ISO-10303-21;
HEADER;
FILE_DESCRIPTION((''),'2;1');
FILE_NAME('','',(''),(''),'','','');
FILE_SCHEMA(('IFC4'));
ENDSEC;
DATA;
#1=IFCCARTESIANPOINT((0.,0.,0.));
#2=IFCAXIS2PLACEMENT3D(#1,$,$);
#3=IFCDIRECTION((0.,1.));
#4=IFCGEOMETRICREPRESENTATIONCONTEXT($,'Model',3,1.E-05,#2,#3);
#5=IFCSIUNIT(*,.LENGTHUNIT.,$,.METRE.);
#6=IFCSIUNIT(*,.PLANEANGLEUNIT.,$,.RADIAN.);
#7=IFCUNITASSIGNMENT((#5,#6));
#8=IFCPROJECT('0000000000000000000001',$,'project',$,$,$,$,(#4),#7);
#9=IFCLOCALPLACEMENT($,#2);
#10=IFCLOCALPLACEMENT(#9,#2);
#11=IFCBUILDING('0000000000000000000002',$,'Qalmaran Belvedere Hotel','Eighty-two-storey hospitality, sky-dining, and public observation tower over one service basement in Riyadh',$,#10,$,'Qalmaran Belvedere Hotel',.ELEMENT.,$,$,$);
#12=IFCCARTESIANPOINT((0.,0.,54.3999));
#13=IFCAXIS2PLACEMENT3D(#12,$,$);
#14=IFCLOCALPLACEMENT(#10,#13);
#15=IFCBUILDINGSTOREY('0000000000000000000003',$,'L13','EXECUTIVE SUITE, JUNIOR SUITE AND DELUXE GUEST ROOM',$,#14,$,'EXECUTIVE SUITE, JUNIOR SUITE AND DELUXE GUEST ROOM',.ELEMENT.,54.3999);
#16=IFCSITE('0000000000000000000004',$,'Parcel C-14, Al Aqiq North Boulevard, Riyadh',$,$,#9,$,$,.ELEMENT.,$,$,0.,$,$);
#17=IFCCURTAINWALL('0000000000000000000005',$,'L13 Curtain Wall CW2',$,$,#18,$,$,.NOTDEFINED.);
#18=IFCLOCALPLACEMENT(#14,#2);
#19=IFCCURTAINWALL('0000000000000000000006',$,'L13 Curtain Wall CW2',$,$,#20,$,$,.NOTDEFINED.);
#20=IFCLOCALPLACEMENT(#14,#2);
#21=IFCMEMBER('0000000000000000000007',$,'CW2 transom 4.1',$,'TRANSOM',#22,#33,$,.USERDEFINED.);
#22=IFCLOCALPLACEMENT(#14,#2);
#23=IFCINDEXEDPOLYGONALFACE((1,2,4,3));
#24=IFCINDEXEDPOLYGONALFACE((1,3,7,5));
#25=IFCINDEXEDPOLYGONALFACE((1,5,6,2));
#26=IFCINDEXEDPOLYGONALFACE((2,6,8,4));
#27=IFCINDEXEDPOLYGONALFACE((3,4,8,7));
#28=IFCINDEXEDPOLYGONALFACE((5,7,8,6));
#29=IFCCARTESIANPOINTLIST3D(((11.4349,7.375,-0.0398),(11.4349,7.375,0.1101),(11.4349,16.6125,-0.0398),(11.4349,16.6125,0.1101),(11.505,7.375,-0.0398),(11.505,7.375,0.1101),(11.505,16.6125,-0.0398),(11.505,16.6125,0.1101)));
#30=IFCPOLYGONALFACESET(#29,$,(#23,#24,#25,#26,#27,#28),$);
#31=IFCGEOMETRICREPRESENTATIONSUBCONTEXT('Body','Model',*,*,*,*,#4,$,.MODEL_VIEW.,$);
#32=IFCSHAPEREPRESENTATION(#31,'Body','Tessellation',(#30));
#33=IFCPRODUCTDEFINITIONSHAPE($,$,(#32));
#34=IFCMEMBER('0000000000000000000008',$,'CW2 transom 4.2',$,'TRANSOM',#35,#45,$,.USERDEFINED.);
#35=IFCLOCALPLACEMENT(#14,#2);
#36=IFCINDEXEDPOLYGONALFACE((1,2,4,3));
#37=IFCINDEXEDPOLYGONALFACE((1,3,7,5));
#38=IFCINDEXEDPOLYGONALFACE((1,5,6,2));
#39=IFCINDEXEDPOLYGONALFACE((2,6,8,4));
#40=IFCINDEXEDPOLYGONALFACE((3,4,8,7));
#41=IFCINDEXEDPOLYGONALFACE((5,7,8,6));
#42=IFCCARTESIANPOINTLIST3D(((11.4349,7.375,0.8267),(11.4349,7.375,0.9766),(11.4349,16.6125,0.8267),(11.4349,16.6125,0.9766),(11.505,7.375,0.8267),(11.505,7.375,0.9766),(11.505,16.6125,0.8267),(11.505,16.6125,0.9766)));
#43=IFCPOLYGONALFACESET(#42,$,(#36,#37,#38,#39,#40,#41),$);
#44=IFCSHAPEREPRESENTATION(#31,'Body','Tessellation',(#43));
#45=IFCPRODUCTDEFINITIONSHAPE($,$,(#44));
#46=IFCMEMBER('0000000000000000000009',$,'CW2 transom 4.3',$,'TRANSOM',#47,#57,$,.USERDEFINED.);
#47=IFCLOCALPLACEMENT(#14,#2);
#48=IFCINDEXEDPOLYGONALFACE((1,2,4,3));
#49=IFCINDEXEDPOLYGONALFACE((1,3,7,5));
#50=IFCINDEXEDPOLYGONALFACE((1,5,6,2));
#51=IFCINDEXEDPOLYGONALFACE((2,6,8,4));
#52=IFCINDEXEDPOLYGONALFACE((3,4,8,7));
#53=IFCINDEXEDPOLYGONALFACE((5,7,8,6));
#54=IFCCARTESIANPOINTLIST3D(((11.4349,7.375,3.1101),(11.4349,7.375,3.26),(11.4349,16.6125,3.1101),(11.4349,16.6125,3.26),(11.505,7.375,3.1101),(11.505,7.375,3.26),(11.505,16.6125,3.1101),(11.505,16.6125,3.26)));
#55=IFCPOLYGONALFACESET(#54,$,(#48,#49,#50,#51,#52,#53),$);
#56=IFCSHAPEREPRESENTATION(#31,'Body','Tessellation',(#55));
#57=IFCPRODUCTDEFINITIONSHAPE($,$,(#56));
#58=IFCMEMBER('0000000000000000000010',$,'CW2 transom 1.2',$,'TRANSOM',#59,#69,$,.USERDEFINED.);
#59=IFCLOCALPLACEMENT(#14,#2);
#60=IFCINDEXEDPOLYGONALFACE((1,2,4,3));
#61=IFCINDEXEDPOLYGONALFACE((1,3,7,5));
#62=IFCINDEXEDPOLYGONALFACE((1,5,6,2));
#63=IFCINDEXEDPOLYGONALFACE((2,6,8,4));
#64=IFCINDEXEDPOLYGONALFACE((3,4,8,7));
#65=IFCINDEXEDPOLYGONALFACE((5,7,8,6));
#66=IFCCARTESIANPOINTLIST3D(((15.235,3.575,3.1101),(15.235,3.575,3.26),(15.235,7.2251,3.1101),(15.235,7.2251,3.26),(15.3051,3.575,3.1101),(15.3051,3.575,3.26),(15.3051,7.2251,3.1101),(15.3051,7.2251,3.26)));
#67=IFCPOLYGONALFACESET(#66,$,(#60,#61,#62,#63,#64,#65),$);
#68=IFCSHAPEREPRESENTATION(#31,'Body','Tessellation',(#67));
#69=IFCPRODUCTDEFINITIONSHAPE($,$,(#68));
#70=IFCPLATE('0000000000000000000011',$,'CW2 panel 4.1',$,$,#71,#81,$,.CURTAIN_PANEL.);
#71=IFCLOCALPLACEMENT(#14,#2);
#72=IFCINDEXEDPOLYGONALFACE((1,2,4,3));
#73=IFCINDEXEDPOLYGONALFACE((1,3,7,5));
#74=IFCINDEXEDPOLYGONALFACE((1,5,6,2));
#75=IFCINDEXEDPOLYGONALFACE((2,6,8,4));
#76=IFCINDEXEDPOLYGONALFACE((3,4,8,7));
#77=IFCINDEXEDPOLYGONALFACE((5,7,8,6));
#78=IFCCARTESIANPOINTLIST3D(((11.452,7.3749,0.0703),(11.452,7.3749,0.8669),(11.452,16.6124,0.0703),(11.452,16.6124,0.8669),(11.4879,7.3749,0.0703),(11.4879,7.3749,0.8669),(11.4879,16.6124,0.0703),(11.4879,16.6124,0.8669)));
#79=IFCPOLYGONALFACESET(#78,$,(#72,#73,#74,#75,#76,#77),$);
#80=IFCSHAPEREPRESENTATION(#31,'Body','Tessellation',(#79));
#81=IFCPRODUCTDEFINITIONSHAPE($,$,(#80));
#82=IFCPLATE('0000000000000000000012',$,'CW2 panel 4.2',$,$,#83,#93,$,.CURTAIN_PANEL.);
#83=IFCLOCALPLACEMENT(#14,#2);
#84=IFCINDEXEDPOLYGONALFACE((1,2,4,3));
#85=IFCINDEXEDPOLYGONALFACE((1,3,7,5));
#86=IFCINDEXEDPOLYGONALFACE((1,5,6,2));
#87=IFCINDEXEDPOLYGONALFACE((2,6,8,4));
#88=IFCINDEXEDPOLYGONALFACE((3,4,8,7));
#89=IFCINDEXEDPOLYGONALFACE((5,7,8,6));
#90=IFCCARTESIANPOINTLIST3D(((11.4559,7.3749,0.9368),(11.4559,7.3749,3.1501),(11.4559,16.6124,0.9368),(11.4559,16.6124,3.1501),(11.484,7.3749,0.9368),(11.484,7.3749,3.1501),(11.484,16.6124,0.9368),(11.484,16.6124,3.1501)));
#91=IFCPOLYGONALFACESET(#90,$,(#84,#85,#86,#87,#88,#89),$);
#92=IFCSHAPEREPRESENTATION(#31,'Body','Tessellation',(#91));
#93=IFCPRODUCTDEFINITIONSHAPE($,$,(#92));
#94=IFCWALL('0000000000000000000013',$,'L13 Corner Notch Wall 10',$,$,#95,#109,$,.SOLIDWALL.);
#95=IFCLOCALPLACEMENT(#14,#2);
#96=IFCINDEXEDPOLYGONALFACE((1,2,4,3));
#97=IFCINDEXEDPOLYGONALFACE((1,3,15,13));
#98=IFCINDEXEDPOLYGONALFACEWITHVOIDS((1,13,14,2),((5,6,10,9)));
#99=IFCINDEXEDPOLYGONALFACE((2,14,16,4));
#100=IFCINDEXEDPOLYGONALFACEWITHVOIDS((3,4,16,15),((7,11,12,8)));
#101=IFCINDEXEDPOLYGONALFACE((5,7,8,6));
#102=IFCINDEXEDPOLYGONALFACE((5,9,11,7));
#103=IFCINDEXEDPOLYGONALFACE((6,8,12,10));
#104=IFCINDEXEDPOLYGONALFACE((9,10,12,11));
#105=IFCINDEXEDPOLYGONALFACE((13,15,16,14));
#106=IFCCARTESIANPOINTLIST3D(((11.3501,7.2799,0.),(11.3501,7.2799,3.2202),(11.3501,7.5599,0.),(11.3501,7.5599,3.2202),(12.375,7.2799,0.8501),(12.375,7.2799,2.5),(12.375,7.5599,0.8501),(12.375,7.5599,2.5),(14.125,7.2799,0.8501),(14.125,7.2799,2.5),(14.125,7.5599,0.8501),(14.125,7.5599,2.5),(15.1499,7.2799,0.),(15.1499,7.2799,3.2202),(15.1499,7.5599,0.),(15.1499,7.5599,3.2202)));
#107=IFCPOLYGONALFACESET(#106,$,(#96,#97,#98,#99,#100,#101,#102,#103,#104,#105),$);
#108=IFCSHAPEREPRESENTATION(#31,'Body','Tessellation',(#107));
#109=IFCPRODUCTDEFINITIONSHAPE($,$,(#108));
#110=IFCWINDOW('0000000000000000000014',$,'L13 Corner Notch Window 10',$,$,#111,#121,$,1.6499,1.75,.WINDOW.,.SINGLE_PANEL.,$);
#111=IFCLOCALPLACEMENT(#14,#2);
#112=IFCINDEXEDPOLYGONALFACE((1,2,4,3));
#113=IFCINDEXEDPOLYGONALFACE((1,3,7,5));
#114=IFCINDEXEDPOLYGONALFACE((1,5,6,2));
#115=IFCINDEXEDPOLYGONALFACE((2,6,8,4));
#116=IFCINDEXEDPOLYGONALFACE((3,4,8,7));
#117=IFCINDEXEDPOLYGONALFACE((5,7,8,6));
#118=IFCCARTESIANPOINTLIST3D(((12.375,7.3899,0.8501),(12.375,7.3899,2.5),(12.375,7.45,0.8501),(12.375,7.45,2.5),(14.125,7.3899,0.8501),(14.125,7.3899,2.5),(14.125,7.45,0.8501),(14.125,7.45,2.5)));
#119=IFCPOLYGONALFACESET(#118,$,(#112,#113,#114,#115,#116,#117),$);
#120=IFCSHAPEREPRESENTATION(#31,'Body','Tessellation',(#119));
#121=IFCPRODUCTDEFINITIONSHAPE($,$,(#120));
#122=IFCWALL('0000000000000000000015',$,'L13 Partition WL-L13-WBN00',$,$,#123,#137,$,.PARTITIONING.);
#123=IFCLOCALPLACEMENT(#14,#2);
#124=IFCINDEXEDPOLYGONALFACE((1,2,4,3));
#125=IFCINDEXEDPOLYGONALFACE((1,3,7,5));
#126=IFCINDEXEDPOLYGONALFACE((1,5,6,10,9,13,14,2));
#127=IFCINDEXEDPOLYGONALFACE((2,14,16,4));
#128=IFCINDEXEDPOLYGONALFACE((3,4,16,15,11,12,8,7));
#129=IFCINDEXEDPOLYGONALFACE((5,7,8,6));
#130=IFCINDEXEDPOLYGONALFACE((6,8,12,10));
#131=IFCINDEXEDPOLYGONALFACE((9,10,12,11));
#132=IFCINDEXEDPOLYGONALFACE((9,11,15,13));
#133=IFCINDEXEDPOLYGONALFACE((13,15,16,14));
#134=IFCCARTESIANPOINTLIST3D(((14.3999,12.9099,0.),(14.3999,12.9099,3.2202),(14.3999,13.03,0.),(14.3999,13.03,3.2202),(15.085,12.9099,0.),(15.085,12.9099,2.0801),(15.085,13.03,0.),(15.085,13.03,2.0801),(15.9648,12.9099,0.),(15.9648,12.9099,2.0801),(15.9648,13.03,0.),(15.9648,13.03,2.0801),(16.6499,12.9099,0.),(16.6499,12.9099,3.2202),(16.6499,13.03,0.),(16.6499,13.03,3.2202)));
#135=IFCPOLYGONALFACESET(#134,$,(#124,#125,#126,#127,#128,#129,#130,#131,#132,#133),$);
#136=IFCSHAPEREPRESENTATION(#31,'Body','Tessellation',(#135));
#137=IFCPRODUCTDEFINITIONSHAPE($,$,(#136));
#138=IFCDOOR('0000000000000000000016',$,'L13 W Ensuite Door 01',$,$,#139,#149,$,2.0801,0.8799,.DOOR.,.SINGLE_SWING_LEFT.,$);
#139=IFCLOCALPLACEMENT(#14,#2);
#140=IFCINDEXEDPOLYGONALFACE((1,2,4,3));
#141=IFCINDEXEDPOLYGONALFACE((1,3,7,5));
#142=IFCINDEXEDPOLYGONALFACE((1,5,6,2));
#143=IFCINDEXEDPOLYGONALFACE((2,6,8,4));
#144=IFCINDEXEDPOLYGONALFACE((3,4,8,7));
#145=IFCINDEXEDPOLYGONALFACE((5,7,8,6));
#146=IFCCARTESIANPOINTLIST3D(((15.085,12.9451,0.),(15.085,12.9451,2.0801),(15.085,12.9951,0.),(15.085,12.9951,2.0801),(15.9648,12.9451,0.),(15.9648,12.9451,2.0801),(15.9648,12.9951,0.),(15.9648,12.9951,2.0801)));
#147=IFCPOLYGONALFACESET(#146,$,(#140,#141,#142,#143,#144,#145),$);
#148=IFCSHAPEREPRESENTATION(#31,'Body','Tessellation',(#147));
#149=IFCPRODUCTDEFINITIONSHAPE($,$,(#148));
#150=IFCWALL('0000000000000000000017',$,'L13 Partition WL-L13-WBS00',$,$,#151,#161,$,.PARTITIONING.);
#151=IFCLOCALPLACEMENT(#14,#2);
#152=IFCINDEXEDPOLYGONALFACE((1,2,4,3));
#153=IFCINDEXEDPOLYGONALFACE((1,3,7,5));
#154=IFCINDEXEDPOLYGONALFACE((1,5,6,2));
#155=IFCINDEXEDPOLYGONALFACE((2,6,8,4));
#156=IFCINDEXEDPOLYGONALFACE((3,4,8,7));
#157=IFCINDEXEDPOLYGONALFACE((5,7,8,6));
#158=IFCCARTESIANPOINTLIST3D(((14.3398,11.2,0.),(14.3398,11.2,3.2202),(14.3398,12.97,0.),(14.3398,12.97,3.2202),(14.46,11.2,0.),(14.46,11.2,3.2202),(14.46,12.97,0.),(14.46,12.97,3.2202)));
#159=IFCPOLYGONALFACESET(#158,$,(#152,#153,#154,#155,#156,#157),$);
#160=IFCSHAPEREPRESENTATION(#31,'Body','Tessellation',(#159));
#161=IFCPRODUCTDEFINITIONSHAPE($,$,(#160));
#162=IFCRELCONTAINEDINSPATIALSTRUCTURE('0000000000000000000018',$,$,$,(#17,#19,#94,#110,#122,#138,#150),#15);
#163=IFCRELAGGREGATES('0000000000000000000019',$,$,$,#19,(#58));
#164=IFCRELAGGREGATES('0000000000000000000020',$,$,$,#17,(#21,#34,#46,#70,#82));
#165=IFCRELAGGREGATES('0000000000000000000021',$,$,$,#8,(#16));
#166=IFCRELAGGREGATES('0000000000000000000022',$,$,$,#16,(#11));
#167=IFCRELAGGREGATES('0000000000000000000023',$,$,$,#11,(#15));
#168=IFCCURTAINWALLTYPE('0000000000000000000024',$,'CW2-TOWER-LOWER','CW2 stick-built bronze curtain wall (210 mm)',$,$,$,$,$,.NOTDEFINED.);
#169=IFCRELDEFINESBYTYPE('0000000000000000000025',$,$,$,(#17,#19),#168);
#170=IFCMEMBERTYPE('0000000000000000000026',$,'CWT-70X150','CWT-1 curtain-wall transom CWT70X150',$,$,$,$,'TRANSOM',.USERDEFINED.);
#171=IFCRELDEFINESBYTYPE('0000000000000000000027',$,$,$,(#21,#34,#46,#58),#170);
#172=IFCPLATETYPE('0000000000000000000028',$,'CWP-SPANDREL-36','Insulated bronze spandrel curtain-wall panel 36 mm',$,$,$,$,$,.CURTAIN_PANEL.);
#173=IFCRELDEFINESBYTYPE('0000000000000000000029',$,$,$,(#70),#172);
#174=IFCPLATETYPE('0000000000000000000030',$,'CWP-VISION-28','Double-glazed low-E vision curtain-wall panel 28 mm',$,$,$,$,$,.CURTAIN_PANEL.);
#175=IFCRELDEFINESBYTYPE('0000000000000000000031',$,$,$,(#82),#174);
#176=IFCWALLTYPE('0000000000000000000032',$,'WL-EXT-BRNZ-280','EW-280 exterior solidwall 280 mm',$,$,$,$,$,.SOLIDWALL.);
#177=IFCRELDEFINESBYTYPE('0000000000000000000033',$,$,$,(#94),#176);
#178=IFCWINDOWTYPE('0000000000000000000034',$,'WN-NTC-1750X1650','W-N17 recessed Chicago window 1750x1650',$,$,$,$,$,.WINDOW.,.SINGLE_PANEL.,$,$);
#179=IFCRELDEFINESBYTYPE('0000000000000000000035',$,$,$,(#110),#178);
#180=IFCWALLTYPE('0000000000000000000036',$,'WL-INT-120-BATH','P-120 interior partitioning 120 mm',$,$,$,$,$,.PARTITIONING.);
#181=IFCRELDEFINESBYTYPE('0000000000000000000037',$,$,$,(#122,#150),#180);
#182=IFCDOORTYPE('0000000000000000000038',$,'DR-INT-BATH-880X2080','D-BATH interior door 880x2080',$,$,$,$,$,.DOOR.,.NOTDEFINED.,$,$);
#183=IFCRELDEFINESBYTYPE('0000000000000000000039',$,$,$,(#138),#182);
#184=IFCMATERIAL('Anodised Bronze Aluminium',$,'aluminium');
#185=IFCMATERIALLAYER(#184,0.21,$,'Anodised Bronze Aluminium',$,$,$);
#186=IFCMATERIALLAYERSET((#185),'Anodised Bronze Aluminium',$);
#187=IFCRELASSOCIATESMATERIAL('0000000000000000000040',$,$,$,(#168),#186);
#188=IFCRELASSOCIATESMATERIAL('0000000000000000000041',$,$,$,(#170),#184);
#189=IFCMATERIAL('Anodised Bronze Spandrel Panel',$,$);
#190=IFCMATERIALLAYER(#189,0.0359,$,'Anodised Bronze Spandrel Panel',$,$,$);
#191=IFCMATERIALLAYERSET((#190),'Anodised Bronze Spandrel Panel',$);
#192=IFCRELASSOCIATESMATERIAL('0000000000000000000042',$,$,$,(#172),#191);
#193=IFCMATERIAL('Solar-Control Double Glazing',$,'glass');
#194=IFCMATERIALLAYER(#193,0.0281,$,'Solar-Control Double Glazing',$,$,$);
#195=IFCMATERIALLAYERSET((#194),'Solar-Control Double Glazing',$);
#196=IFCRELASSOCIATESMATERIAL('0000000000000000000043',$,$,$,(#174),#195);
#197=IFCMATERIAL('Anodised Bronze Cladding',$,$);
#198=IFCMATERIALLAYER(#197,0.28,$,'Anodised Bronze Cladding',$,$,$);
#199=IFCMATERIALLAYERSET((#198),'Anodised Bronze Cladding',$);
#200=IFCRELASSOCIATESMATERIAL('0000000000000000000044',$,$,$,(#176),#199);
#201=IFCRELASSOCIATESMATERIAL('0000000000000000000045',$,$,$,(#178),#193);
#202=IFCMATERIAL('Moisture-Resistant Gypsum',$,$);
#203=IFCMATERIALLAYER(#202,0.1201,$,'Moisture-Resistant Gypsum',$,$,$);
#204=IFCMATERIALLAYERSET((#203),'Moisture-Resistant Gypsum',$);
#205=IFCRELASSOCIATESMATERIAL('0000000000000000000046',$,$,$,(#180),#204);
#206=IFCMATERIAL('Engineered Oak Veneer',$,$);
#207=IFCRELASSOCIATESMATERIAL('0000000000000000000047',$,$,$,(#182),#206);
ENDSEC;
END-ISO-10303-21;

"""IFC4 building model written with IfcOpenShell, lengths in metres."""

from ifc_helpers import new_model, si_unit, direction, frame, frame_2d, origin, origin_2d, place, context, subcontext, project, spatial, rectangle, extrude, material, layer, layer_set, material_profile, profile_set, type_object, element, fill, aggregate, save


model = new_model("IFC4")

# Units and contexts
model_context = context("Model", 3, precision=1e-05, world=origin(), true_north=direction((0.0, 1.0)))
body_context = subcontext(model_context, "Body", "Model", "MODEL_VIEW")
ifc_project = project(units=[si_unit("LENGTHUNIT", "METRE"), si_unit("PLANEANGLEUNIT", "RADIAN")], contexts=[model_context])

# Site, building, storey
site_placement = place(None, origin())
site = spatial("IfcSite", under=ifc_project, at=site_placement, Name="Parcel C-14, Al Aqiq North Boulevard, Riyadh", CompositionType="ELEMENT", RefElevation=0.0)
building_placement = place(site_placement, origin())
building = spatial("IfcBuilding", under=site, at=building_placement, Name="Qalmaran Belvedere Hotel", Description="Eighty-two-storey hospitality, sky-dining, and public observation tower over one service basement in Riyadh", LongName="Qalmaran Belvedere Hotel", CompositionType="ELEMENT")
storey_placement = place(building_placement, frame((0.0, 0.0, 54.3999)))
storey = spatial("IfcBuildingStorey", under=building, at=storey_placement, Name="L13", Description="EXECUTIVE SUITE, JUNIOR SUITE AND DELUXE GUEST ROOM", LongName="EXECUTIVE SUITE, JUNIOR SUITE AND DELUXE GUEST ROOM", CompositionType="ELEMENT", Elevation=54.3999)

# Curtain wall
ifc_material_1 = material(Name="Anodised Bronze Aluminium", Category="aluminium")
ifc_layer_1 = layer(ifc_material_1, 0.21, Name="Anodised Bronze Aluminium")
ifc_layer_set_1 = layer_set([ifc_layer_1], Name="Anodised Bronze Aluminium")
curtain_wall_type = type_object("IfcCurtainWallType", Name="CW2-TOWER-LOWER", Description="CW2 stick-built bronze curtain wall (210 mm)", PredefinedType="NOTDEFINED", material=ifc_layer_set_1)
curtain_wall_1_placement = place(storey_placement, origin())
curtain_wall_1 = element("IfcCurtainWall", 1, at=curtain_wall_1_placement, inside=storey, type_object=curtain_wall_type, Name="L13 Curtain Wall CW2", PredefinedType="NOTDEFINED")

# Curtain wall
curtain_wall_2_placement = place(storey_placement, origin())
curtain_wall_2 = element("IfcCurtainWall", 2, at=curtain_wall_2_placement, inside=storey, type_object=curtain_wall_type, Name="L13 Curtain Wall CW2", PredefinedType="NOTDEFINED")

# Members
ifc_material_profile_1 = material_profile(ifc_material_1, rectangle(XDim=0.0701, YDim=0.1499, at=origin_2d()), Name="CWT70X150")
ifc_profile_set_1 = profile_set([ifc_material_profile_1], Name="Anodised Bronze Aluminium")
member_type_1 = type_object("IfcMemberType", Name="CWT-70X150", Description="CWT-1 curtain-wall transom CWT70X150", ElementType="TRANSOM", PredefinedType="USERDEFINED", material=ifc_profile_set_1)
member_1_placement = place(storey_placement, frame((11.47, 16.6125, 0.0352), z_axis=(0.0, -1.0, 0.0), x_axis=(1.0, 0.0, 0.0)))
member_1 = element("IfcMember", 3, at=member_1_placement, type_object=member_type_1, Name="CW2 transom 4.1", ObjectType="TRANSOM", PredefinedType="USERDEFINED", context=body_context, shape_type="SweptSolid", body=[
    extrude(rectangle(XDim=0.0701, YDim=0.1499, at=origin_2d()), origin(), (0.0, 0.0, 1.0), 9.2375),
])
member_2_placement = place(storey_placement, frame((11.47, 16.6125, 0.9016), z_axis=(0.0, -1.0, 0.0), x_axis=(1.0, 0.0, 0.0)))
member_2 = element("IfcMember", 4, at=member_2_placement, type_object=member_type_1, Name="CW2 transom 4.2", ObjectType="TRANSOM", PredefinedType="USERDEFINED", context=body_context, shape_type="SweptSolid", body=[
    extrude(rectangle(XDim=0.0701, YDim=0.1499, at=origin_2d()), origin(), (0.0, 0.0, 1.0), 9.2375),
])
member_3_placement = place(storey_placement, frame((11.47, 16.6125, 3.1851), z_axis=(0.0, -1.0, 0.0), x_axis=(1.0, 0.0, 0.0)))
member_3 = element("IfcMember", 5, at=member_3_placement, type_object=member_type_1, Name="CW2 transom 4.3", ObjectType="TRANSOM", PredefinedType="USERDEFINED", context=body_context, shape_type="SweptSolid", body=[
    extrude(rectangle(XDim=0.0701, YDim=0.1499, at=origin_2d()), origin(), (0.0, 0.0, 1.0), 9.2375),
])
member_4_placement = place(storey_placement, frame((15.27, 7.2251, 3.1851), z_axis=(0.0, -1.0, 0.0), x_axis=(1.0, 0.0, 0.0)))
member_4 = element("IfcMember", 6, at=member_4_placement, type_object=member_type_1, Name="CW2 transom 1.2", ObjectType="TRANSOM", PredefinedType="USERDEFINED", context=body_context, shape_type="SweptSolid", body=[
    extrude(rectangle(XDim=0.0701, YDim=0.1499, at=origin_2d()), origin(), (0.0, 0.0, 1.0), 3.6501),
])
aggregate(curtain_wall_2, [member_4])

# Plates
ifc_material_2 = material(Name="Anodised Bronze Spandrel Panel")
ifc_layer_2 = layer(ifc_material_2, 0.0359, Name="Anodised Bronze Spandrel Panel")
ifc_layer_set_2 = layer_set([ifc_layer_2], Name="Anodised Bronze Spandrel Panel")
plate_type_1 = type_object("IfcPlateType", Name="CWP-SPANDREL-36", Description="Insulated bronze spandrel curtain-wall panel 36 mm", PredefinedType="CURTAIN_PANEL", material=ifc_layer_set_2)
plate_1_placement = place(storey_placement, frame((11.47, 11.9937, 0.0703), z_axis=(0.0, 0.0, 1.0), x_axis=(0.0, -1.0, 0.0)))
plate_1 = element("IfcPlate", 7, at=plate_1_placement, type_object=plate_type_1, Name="CW2 panel 4.1", PredefinedType="CURTAIN_PANEL", context=body_context, shape_type="SweptSolid", body=[
    extrude(rectangle(XDim=9.2375, YDim=0.0359, at=origin_2d()), origin(), (0.0, 0.0, 1.0), 0.7966),
])
ifc_material_3 = material(Name="Solar-Control Double Glazing", Category="glass")
ifc_layer_3 = layer(ifc_material_3, 0.0281, Name="Solar-Control Double Glazing")
ifc_layer_set_3 = layer_set([ifc_layer_3], Name="Solar-Control Double Glazing")
plate_type_2 = type_object("IfcPlateType", Name="CWP-VISION-28", Description="Double-glazed low-E vision curtain-wall panel 28 mm", PredefinedType="CURTAIN_PANEL", material=ifc_layer_set_3)
plate_2_placement = place(storey_placement, frame((11.47, 11.9937, 0.9368), z_axis=(0.0, 0.0, 1.0), x_axis=(0.0, -1.0, 0.0)))
plate_2 = element("IfcPlate", 8, at=plate_2_placement, type_object=plate_type_2, Name="CW2 panel 4.2", PredefinedType="CURTAIN_PANEL", context=body_context, shape_type="SweptSolid", body=[
    extrude(rectangle(XDim=9.2375, YDim=0.0281, at=origin_2d()), origin(), (0.0, 0.0, 1.0), 2.2134),
])
aggregate(curtain_wall_1, [member_1, member_2, member_3, plate_1, plate_2])

# Wall, opening, window
ifc_material_4 = material(Name="Anodised Bronze Cladding")
ifc_layer_4 = layer(ifc_material_4, 0.28, Name="Anodised Bronze Cladding")
ifc_layer_set_4 = layer_set([ifc_layer_4], Name="Anodised Bronze Cladding")
wall_type_1 = type_object("IfcWallType", Name="WL-EXT-BRNZ-280", Description="EW-280 exterior solidwall 280 mm", PredefinedType="SOLIDWALL", material=ifc_layer_set_4)
wall_1_placement = place(storey_placement, frame((11.3501, 7.4199, 0.0), z_axis=(0.0, 0.0, 1.0), x_axis=(1.0, 0.0, 0.0)))
wall_1 = element("IfcWall", 9, at=wall_1_placement, inside=storey, type_object=wall_type_1, Name="L13 Corner Notch Wall 10", PredefinedType="SOLIDWALL", context=body_context, shape_type="SweptSolid", body=[
    extrude(rectangle(XDim=3.7998, YDim=0.28, at=frame_2d((1.8999, 0.0))), origin(), (0.0, 0.0, 1.0), 3.2202),
])
opening_1_placement = place(wall_1_placement, frame((1.0249, 0.0, 0.8501)))
opening_1 = element("IfcOpeningElement", 10, at=opening_1_placement, cuts=wall_1, PredefinedType="OPENING", context=body_context, shape_type="SweptSolid", body=[
    extrude(rectangle(XDim=1.75, YDim=1.6499, at=frame_2d((0.875, 0.825))), frame((0.0, 0.1499, 0.0), z_axis=(0.0, -1.0, 0.0), x_axis=(1.0, 0.0, 0.0)), (0.0, 0.0, 1.0), 0.3),
])
window_type = type_object("IfcWindowType", Name="WN-NTC-1750X1650", Description="W-N17 recessed Chicago window 1750x1650", PartitioningType="SINGLE_PANEL", PredefinedType="WINDOW", material=ifc_material_3)
window_placement = place(opening_1_placement, origin())
window = element("IfcWindow", 11, at=window_placement, inside=storey, type_object=window_type, Name="L13 Corner Notch Window 10", OverallHeight=1.6499, OverallWidth=1.75, PartitioningType="SINGLE_PANEL", PredefinedType="WINDOW", context=body_context, shape_type="SweptSolid", body=[
    extrude(rectangle(XDim=1.75, YDim=1.6499, at=frame_2d((0.875, 0.825))), frame((0.0, 0.03, 0.0), z_axis=(0.0, -1.0, 0.0), x_axis=(1.0, 0.0, 0.0)), (0.0, 0.0, 1.0), 0.0601),
])
fill(opening_1, window)

# Wall, opening, door
ifc_material_5 = material(Name="Moisture-Resistant Gypsum")
ifc_layer_5 = layer(ifc_material_5, 0.1201, Name="Moisture-Resistant Gypsum")
ifc_layer_set_5 = layer_set([ifc_layer_5], Name="Moisture-Resistant Gypsum")
wall_type_2 = type_object("IfcWallType", Name="WL-INT-120-BATH", Description="P-120 interior partitioning 120 mm", PredefinedType="PARTITIONING", material=ifc_layer_set_5)
wall_2_placement = place(storey_placement, frame((14.3999, 12.97, 0.0), z_axis=(0.0, 0.0, 1.0), x_axis=(1.0, 0.0, 0.0)))
wall_2 = element("IfcWall", 12, at=wall_2_placement, inside=storey, type_object=wall_type_2, Name="L13 Partition WL-L13-WBN00", PredefinedType="PARTITIONING", context=body_context, shape_type="SweptSolid", body=[
    extrude(rectangle(XDim=2.25, YDim=0.1201, at=frame_2d((1.125, 0.0))), origin(), (0.0, 0.0, 1.0), 3.2202),
])
opening_2_placement = place(wall_2_placement, frame((1.5649, 0.0, 0.0), z_axis=(0.0, 0.0, 1.0), x_axis=(-1.0, 0.0, 0.0)))
opening_2 = element("IfcOpeningElement", 13, at=opening_2_placement, cuts=wall_2, PredefinedType="OPENING", context=body_context, shape_type="SweptSolid", body=[
    extrude(rectangle(XDim=0.8799, YDim=2.0801, at=frame_2d((0.4399, 1.04))), frame((0.0, 0.0701, 0.0), z_axis=(0.0, -1.0, 0.0), x_axis=(1.0, 0.0, 0.0)), (0.0, 0.0, 1.0), 0.1401),
])
ifc_material_6 = material(Name="Engineered Oak Veneer")
door_type = type_object("IfcDoorType", Name="DR-INT-BATH-880X2080", Description="D-BATH interior door 880x2080", OperationType="NOTDEFINED", PredefinedType="DOOR", material=ifc_material_6)
door_1_placement = place(opening_2_placement, origin())
door_1 = element("IfcDoor", 14, at=door_1_placement, inside=storey, type_object=door_type, Name="L13 W Ensuite Door 01", OperationType="SINGLE_SWING_LEFT", OverallHeight=2.0801, OverallWidth=0.8799, PredefinedType="DOOR", context=body_context, shape_type="SweptSolid", body=[
    extrude(rectangle(XDim=0.8799, YDim=2.0801, at=frame_2d((0.4399, 1.04))), frame((0.0, 0.0249, 0.0), z_axis=(0.0, -1.0, 0.0), x_axis=(1.0, 0.0, 0.0)), (0.0, 0.0, 1.0), 0.05),
])
fill(opening_2, door_1)

# Wall
wall_3_placement = place(storey_placement, frame((14.3999, 11.2, 0.0), z_axis=(0.0, 0.0, 1.0), x_axis=(0.0, 1.0, 0.0)))
element("IfcWall", 15, at=wall_3_placement, inside=storey, type_object=wall_type_2, Name="L13 Partition WL-L13-WBS00", PredefinedType="PARTITIONING", context=body_context, shape_type="SweptSolid", body=[
    extrude(rectangle(XDim=1.77, YDim=0.1201, at=frame_2d((0.885, 0.0))), origin(), (0.0, 0.0, 1.0), 3.2202),
])

save(model, "model.ifc")
